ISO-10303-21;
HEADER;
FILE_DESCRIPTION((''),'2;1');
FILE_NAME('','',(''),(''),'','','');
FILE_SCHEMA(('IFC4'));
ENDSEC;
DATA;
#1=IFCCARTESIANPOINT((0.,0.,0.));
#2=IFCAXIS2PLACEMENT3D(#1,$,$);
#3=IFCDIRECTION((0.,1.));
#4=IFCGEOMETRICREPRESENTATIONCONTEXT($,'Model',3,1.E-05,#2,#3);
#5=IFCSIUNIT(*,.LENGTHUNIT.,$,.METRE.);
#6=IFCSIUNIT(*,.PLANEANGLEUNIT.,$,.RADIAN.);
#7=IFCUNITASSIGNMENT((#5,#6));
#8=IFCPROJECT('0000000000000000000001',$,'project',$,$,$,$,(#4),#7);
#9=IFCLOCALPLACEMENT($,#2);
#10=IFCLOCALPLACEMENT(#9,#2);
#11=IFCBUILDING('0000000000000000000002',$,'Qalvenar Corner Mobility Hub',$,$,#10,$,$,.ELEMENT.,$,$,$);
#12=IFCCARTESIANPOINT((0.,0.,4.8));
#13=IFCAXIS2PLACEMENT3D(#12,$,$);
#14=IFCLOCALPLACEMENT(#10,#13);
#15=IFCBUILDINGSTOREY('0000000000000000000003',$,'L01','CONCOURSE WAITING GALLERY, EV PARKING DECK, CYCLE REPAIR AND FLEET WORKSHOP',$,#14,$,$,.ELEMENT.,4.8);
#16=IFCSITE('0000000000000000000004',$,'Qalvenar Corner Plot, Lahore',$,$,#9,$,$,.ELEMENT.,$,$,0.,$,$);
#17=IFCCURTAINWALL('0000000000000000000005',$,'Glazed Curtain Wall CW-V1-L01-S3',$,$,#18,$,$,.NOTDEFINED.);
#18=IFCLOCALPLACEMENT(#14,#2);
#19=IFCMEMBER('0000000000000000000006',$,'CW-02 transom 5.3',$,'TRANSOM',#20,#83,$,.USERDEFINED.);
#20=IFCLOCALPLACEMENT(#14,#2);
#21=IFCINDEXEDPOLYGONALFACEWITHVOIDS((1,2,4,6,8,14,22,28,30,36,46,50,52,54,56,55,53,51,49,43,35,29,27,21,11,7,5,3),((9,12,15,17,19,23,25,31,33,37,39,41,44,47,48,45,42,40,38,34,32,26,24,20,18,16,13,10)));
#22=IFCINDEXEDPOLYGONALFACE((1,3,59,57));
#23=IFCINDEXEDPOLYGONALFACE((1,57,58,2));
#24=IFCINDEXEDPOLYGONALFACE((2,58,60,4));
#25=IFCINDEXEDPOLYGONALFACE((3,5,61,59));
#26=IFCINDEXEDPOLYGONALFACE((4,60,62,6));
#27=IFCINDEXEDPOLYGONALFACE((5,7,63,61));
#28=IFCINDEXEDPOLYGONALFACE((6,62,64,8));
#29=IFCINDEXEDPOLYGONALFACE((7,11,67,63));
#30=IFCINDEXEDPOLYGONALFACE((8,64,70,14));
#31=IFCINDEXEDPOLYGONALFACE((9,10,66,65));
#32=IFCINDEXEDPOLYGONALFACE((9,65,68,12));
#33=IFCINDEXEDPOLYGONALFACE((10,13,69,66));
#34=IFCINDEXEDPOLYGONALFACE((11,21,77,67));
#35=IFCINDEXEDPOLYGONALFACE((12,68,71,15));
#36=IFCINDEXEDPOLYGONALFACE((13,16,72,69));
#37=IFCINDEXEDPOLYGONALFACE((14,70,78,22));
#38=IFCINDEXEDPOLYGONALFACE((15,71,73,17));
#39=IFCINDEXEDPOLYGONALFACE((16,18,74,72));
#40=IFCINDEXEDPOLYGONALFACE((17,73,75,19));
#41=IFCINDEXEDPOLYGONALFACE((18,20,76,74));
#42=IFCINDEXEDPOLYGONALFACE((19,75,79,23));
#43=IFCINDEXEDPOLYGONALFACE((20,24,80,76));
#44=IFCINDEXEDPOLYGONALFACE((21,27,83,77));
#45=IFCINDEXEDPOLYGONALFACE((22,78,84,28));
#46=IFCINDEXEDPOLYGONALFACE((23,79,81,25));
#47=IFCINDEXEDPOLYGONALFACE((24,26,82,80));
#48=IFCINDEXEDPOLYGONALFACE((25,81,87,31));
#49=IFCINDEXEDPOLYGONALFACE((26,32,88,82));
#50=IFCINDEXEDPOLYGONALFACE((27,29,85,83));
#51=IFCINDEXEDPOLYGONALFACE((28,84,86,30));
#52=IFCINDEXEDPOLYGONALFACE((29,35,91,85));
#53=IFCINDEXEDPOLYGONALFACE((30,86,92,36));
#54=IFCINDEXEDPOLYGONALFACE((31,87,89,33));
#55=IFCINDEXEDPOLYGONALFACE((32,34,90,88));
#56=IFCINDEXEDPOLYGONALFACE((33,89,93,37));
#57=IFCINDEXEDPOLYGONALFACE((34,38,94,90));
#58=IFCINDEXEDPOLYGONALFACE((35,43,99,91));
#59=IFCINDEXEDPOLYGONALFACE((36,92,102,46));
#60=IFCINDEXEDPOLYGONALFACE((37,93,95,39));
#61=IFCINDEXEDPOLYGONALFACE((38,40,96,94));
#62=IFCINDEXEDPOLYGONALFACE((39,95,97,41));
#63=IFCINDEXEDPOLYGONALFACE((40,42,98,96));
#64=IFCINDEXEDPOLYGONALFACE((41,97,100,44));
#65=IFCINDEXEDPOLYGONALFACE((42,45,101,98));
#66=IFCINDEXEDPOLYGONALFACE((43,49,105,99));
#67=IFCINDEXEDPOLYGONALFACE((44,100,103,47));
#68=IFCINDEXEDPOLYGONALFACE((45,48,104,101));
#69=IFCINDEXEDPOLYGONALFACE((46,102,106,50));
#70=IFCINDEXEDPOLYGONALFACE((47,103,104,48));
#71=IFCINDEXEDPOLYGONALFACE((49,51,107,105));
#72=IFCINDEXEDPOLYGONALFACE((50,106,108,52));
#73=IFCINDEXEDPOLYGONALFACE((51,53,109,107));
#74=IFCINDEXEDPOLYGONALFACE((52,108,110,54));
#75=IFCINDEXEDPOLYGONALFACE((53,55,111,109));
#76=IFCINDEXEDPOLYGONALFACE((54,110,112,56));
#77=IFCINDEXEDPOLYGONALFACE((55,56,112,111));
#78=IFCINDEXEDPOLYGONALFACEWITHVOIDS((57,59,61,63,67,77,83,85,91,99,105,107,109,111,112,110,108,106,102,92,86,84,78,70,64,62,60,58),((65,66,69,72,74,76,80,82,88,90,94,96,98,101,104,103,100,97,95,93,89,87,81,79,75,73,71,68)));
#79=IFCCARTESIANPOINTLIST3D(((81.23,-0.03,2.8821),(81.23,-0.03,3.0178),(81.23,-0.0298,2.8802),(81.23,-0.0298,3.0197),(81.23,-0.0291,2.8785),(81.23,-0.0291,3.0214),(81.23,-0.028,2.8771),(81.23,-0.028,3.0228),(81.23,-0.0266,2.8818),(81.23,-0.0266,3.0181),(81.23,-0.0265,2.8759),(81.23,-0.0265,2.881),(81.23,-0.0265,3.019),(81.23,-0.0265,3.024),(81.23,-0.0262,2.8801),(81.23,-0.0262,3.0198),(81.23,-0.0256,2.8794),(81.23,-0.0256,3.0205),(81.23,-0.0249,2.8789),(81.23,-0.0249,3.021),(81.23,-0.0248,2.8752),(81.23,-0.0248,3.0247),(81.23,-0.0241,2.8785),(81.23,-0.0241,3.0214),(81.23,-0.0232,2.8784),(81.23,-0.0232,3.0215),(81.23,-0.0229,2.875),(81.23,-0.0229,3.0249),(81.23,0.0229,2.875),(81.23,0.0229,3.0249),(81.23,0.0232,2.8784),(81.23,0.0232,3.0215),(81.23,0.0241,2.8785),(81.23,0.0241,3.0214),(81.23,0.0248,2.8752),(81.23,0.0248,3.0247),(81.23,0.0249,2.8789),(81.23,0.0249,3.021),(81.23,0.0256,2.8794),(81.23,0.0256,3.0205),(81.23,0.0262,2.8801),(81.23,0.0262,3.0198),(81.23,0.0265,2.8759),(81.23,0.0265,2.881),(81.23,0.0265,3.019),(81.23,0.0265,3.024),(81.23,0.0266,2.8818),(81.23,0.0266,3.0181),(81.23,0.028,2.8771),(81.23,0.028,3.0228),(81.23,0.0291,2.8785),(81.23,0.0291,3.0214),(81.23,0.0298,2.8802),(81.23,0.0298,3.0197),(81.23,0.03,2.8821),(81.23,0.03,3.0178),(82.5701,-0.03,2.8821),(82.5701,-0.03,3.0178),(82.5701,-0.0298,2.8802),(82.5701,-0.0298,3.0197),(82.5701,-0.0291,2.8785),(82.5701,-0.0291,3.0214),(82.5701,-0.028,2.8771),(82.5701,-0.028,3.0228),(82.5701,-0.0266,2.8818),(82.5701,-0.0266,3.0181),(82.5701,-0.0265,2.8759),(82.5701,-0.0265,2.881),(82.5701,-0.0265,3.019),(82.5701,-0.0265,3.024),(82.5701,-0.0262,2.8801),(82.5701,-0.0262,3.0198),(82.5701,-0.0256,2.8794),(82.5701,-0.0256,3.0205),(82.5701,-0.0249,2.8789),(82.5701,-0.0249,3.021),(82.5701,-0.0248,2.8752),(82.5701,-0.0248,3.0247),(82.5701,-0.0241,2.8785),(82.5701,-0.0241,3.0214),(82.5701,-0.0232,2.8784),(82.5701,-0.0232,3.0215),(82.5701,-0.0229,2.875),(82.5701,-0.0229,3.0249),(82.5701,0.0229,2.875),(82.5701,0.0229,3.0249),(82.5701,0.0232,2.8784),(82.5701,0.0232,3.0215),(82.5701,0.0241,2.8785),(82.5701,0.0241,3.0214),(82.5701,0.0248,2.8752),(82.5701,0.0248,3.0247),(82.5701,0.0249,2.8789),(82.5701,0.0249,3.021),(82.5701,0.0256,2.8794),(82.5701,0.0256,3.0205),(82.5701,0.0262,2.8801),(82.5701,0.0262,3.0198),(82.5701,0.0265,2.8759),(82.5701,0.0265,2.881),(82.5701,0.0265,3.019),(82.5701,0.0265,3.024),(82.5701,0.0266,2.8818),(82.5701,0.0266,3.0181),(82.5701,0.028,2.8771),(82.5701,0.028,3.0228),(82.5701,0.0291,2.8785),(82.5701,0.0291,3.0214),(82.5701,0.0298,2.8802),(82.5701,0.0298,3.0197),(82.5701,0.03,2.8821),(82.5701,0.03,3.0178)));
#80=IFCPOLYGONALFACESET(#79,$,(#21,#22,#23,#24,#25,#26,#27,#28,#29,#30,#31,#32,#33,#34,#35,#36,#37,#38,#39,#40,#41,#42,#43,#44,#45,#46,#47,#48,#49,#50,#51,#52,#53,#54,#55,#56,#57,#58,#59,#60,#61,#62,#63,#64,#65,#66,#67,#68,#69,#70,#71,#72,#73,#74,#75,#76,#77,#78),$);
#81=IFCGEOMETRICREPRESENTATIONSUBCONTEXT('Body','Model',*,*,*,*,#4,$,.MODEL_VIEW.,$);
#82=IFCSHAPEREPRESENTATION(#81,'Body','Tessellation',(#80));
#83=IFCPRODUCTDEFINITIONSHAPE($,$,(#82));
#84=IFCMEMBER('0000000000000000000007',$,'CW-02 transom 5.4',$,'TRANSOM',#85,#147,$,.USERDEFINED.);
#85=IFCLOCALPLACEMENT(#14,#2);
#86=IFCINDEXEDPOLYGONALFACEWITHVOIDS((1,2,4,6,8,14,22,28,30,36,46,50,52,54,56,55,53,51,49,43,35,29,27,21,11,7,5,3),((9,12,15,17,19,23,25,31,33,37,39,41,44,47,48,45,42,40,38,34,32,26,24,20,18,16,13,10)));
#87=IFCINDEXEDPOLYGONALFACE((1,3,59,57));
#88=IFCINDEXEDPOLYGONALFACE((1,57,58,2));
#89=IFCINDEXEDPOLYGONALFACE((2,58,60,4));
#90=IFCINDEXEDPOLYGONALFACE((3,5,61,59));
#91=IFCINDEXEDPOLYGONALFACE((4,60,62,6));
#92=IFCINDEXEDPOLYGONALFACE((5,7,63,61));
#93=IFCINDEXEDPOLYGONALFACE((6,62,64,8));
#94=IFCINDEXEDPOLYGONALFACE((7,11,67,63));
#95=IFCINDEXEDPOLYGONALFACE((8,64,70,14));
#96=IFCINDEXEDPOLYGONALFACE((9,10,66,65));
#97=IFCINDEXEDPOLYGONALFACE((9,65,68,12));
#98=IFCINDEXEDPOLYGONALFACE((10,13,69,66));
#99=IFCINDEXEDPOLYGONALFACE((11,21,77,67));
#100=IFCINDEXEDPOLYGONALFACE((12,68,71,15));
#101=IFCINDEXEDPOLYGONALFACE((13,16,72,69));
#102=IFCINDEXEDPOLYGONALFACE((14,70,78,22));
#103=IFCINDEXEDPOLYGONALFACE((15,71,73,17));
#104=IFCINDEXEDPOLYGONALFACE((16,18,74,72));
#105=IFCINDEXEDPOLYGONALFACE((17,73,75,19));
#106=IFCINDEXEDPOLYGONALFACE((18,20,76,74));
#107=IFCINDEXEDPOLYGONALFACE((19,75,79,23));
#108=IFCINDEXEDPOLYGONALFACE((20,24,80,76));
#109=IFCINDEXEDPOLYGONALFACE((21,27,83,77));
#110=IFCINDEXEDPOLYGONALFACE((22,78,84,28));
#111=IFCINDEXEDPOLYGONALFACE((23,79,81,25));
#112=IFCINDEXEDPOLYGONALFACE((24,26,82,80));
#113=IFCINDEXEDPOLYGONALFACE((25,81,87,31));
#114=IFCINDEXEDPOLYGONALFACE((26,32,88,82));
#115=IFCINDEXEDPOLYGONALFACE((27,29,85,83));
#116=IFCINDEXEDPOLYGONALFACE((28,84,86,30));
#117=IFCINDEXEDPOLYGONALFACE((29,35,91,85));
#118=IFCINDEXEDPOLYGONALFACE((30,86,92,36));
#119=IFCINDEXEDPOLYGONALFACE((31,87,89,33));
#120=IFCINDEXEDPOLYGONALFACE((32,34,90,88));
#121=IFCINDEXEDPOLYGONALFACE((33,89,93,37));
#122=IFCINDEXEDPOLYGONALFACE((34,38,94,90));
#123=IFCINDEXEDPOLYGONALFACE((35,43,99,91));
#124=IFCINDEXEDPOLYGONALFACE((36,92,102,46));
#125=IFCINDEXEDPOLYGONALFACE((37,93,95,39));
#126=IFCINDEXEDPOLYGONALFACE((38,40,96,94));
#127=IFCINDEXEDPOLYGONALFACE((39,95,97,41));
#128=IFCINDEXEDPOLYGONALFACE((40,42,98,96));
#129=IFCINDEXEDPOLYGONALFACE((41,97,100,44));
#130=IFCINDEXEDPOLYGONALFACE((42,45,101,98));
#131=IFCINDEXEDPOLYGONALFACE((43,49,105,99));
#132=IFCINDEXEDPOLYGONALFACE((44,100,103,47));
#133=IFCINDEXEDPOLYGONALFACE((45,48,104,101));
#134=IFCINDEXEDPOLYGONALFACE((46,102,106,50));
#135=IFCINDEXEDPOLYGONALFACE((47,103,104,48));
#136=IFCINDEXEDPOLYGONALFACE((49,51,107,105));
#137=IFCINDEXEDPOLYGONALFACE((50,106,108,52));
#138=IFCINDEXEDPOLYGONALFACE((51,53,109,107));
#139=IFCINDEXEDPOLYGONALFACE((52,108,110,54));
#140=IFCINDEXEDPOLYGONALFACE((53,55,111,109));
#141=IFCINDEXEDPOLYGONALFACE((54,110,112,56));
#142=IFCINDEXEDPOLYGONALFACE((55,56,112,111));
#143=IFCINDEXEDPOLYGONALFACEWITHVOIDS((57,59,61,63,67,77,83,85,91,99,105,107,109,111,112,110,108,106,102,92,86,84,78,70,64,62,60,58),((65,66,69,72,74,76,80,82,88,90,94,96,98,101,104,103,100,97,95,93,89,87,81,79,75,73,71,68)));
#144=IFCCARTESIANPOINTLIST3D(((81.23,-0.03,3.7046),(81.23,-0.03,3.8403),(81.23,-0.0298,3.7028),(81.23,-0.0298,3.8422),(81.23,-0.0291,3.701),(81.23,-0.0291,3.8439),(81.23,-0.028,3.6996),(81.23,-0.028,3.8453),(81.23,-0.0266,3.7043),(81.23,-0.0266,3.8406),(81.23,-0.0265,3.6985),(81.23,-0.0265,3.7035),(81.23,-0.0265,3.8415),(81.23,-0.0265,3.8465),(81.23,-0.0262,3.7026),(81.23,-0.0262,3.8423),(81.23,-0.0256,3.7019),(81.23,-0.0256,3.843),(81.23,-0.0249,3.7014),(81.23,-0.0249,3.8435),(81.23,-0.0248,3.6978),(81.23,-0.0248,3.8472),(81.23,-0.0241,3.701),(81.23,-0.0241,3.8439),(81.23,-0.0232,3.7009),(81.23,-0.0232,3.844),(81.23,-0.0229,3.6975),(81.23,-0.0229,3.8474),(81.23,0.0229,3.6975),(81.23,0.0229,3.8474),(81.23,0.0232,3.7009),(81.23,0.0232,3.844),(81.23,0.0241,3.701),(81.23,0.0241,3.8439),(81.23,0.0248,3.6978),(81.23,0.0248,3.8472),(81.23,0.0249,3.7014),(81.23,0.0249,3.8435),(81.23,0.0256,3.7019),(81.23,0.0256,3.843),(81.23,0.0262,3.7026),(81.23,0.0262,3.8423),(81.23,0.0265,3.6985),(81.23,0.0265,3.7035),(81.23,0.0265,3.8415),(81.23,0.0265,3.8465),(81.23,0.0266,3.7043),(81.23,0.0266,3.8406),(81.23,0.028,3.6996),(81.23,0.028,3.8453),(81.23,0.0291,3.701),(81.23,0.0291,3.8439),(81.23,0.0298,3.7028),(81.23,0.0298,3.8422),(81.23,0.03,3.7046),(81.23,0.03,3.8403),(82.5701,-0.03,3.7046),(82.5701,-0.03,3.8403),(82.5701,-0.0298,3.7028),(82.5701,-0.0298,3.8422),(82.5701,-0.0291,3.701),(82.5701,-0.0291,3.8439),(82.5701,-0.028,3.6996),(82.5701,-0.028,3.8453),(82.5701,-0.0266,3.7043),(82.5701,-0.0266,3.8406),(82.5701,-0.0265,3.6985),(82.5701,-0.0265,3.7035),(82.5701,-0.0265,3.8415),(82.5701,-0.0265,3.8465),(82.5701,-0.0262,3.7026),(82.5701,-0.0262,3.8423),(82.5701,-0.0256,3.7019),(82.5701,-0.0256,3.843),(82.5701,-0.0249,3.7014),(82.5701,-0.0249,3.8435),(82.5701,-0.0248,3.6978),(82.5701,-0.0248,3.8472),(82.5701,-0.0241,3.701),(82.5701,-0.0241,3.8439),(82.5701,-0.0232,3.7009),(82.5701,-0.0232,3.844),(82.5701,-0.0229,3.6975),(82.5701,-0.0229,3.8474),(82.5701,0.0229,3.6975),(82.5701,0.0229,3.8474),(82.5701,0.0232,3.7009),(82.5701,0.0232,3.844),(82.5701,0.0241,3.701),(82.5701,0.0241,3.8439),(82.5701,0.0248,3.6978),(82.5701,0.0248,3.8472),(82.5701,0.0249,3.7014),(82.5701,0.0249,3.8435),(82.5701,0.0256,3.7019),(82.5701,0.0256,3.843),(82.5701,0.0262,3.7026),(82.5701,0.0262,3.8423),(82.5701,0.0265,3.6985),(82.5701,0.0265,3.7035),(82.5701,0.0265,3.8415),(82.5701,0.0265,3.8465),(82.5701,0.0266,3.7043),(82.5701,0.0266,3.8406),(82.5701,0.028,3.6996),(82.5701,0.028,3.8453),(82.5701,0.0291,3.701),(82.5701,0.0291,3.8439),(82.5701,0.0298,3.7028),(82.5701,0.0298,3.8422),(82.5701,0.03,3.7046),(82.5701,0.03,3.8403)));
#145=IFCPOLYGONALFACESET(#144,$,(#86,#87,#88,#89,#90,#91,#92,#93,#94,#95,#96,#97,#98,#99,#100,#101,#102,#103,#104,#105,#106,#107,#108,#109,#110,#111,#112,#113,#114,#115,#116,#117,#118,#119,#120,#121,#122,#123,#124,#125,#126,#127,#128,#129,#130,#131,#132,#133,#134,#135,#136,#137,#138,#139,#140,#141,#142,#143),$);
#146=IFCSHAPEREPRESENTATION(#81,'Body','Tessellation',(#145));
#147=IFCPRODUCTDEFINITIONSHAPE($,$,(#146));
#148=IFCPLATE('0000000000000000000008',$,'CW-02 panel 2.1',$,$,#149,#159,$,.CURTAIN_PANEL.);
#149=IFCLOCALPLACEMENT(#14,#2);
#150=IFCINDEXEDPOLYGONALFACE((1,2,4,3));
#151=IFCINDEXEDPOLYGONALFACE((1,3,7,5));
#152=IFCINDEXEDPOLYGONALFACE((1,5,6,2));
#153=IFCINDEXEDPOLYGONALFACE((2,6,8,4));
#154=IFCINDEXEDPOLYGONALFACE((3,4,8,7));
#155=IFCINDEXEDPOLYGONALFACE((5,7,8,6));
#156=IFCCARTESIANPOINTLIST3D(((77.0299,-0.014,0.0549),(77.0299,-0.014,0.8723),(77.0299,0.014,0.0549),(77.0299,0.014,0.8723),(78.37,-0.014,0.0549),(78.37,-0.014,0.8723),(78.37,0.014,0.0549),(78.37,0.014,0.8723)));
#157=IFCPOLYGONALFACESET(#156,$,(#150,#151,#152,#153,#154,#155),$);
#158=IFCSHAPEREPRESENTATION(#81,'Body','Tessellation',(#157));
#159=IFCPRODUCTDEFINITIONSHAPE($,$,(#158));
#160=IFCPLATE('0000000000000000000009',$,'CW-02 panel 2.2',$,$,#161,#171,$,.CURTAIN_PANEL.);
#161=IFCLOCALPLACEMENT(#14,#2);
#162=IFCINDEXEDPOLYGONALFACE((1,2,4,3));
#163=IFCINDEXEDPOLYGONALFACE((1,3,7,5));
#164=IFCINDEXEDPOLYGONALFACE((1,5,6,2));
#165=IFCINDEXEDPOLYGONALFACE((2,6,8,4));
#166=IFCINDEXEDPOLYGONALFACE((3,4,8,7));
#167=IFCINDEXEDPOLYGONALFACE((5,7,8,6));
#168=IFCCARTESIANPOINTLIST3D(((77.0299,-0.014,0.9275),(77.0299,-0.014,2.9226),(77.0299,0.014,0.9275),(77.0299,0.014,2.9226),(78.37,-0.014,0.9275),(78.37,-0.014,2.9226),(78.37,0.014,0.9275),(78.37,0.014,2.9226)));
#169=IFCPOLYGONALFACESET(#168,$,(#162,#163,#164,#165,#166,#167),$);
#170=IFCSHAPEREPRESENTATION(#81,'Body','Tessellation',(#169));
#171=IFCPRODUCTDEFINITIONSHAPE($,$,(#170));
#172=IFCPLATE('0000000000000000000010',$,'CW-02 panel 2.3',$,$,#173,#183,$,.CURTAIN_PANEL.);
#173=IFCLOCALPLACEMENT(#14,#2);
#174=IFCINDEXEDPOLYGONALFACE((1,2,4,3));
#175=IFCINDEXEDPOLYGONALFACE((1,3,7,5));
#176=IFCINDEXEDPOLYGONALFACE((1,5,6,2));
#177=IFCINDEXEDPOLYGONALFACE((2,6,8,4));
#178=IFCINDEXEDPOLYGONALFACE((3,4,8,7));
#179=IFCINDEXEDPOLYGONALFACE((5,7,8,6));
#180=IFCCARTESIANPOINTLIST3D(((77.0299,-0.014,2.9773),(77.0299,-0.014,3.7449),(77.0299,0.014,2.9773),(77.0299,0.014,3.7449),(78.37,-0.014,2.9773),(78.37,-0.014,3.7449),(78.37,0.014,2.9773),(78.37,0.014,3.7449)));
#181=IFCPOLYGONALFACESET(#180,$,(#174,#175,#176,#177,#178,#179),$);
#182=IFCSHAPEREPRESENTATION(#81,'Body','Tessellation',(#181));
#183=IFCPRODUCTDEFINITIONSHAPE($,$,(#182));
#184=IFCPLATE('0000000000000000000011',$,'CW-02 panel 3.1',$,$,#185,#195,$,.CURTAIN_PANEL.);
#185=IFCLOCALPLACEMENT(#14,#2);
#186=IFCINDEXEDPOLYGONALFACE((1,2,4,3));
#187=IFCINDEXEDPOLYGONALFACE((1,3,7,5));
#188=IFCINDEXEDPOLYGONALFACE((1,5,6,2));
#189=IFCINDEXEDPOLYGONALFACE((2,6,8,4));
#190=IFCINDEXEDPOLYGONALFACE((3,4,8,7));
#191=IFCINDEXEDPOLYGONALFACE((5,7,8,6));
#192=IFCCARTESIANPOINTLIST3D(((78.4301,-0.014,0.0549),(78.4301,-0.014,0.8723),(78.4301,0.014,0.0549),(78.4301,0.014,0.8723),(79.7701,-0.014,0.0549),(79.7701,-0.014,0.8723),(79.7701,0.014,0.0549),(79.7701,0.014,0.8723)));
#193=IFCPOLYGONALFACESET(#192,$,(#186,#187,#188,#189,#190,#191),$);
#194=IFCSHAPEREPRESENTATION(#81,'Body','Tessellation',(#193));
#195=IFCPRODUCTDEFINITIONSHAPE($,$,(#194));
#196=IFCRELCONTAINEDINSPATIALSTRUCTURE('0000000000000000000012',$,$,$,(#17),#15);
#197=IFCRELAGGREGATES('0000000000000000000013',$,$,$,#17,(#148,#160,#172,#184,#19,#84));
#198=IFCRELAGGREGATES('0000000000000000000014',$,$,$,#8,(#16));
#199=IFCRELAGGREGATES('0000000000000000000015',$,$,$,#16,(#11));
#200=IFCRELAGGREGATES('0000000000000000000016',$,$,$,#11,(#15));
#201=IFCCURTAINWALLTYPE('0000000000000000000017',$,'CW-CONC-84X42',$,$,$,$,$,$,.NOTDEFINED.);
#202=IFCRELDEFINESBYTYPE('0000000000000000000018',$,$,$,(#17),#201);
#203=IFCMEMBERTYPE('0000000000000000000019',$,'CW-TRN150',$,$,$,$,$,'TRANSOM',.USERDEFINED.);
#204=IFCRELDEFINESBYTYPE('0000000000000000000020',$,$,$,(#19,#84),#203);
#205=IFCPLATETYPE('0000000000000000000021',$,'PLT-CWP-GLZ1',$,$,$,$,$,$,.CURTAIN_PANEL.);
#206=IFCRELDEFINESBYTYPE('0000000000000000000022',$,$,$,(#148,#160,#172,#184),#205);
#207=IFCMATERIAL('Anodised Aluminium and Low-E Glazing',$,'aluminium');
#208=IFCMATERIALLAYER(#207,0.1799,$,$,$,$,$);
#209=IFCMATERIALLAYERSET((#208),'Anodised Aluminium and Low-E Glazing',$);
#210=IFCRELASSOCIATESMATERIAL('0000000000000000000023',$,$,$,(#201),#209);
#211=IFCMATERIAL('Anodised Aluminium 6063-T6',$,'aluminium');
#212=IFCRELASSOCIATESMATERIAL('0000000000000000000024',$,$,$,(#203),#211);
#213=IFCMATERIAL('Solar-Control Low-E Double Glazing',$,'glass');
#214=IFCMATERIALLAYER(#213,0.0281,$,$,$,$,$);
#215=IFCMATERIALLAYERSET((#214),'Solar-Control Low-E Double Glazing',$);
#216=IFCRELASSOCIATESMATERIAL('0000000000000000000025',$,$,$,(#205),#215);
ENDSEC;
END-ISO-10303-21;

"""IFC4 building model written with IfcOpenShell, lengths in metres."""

from ifc_helpers import new_model, si_unit, direction, frame, origin, origin_2d, place, context, subcontext, project, spatial, rectangle, hollow_rectangle, extrude, material, layer, layer_set, material_profile, profile_set, type_object, element, aggregate, save


model = new_model("IFC4")

# Units and contexts
model_context = context("Model", 3, precision=1e-05, world=origin(), true_north=direction((0.0, 1.0)))
body_context = subcontext(model_context, "Body", "Model", "MODEL_VIEW")
ifc_project = project(units=[si_unit("LENGTHUNIT", "METRE"), si_unit("PLANEANGLEUNIT", "RADIAN")], contexts=[model_context])

# Site, building, storey
site_placement = place(None, origin())
site = spatial("IfcSite", under=ifc_project, at=site_placement, Name="Qalvenar Corner Plot, Lahore", CompositionType="ELEMENT", RefElevation=0.0)
building_placement = place(site_placement, origin())
building = spatial("IfcBuilding", under=site, at=building_placement, Name="Qalvenar Corner Mobility Hub", CompositionType="ELEMENT")
storey_placement = place(building_placement, frame((0.0, 0.0, 4.8)))
storey = spatial("IfcBuildingStorey", under=building, at=storey_placement, Name="L01", Description="CONCOURSE WAITING GALLERY, EV PARKING DECK, CYCLE REPAIR AND FLEET WORKSHOP", CompositionType="ELEMENT", Elevation=4.8)

# Curtain wall, members, plates
ifc_material_1 = material(Name="Anodised Aluminium and Low-E Glazing", Category="aluminium")
ifc_layer_1 = layer(ifc_material_1, 0.1799)
ifc_layer_set_1 = layer_set([ifc_layer_1], Name="Anodised Aluminium and Low-E Glazing")
curtain_wall_type = type_object("IfcCurtainWallType", Name="CW-CONC-84X42", PredefinedType="NOTDEFINED", material=ifc_layer_set_1)
curtain_wall_placement = place(storey_placement, origin())
curtain_wall = element("IfcCurtainWall", 1, at=curtain_wall_placement, inside=storey, type_object=curtain_wall_type, Name="Glazed Curtain Wall CW-V1-L01-S3", PredefinedType="NOTDEFINED")
ifc_material_2 = material(Name="Anodised Aluminium 6063-T6", Category="aluminium")
ifc_material_profile_1 = material_profile(ifc_material_2, hollow_rectangle(XDim=0.0601, YDim=0.1499, WallThickness=0.0034, InnerFilletRadius=0.0034, OuterFilletRadius=0.0071, at=origin_2d()), Name="RHS150x60x3.5")
ifc_profile_set_1 = profile_set([ifc_material_profile_1], Name="Anodised Aluminium 6063-T6")
member_type_1 = type_object("IfcMemberType", Name="CW-TRN150", ElementType="TRANSOM", PredefinedType="USERDEFINED", material=ifc_profile_set_1)
member_1_placement = place(storey_placement, frame((81.23, 0.0, 2.95), z_axis=(1.0, 0.0, 0.0), x_axis=(0.0, 1.0, 0.0)))
member_1 = element("IfcMember", 2, at=member_1_placement, type_object=member_type_1, Name="CW-02 transom 5.3", ObjectType="TRANSOM", PredefinedType="USERDEFINED", context=body_context, shape_type="SweptSolid", body=[
    extrude(hollow_rectangle(XDim=0.0601, YDim=0.1499, WallThickness=0.0034, InnerFilletRadius=0.0034, OuterFilletRadius=0.0071, at=origin_2d()), origin(), (0.0, 0.0, 1.0), 1.3401),
])
member_2_placement = place(storey_placement, frame((81.23, 0.0, 3.7725), z_axis=(1.0, 0.0, 0.0), x_axis=(0.0, 1.0, 0.0)))
member_2 = element("IfcMember", 3, at=member_2_placement, type_object=member_type_1, Name="CW-02 transom 5.4", ObjectType="TRANSOM", PredefinedType="USERDEFINED", context=body_context, shape_type="SweptSolid", body=[
    extrude(hollow_rectangle(XDim=0.0601, YDim=0.1499, WallThickness=0.0034, InnerFilletRadius=0.0034, OuterFilletRadius=0.0071, at=origin_2d()), origin(), (0.0, 0.0, 1.0), 1.3401),
])
ifc_material_3 = material(Name="Solar-Control Low-E Double Glazing", Category="glass")
ifc_layer_2 = layer(ifc_material_3, 0.0281)
ifc_layer_set_2 = layer_set([ifc_layer_2], Name="Solar-Control Low-E Double Glazing")
plate_type = type_object("IfcPlateType", Name="PLT-CWP-GLZ1", PredefinedType="CURTAIN_PANEL", material=ifc_layer_set_2)
plate_1_placement = place(storey_placement, frame((77.7, 0.0, 0.0549), z_axis=(0.0, 0.0, 1.0), x_axis=(1.0, 0.0, 0.0)))
plate_1 = element("IfcPlate", 4, at=plate_1_placement, type_object=plate_type, Name="CW-02 panel 2.1", PredefinedType="CURTAIN_PANEL", context=body_context, shape_type="SweptSolid", body=[
    extrude(rectangle(XDim=1.3401, YDim=0.0281, at=origin_2d()), origin(), (0.0, 0.0, 1.0), 0.8174),
])
plate_2_placement = place(storey_placement, frame((77.7, 0.0, 0.9275), z_axis=(0.0, 0.0, 1.0), x_axis=(1.0, 0.0, 0.0)))
plate_2 = element("IfcPlate", 5, at=plate_2_placement, type_object=plate_type, Name="CW-02 panel 2.2", PredefinedType="CURTAIN_PANEL", context=body_context, shape_type="SweptSolid", body=[
    extrude(rectangle(XDim=1.3401, YDim=0.0281, at=origin_2d()), origin(), (0.0, 0.0, 1.0), 1.9951),
])
plate_3_placement = place(storey_placement, frame((77.7, 0.0, 2.9773), z_axis=(0.0, 0.0, 1.0), x_axis=(1.0, 0.0, 0.0)))
plate_3 = element("IfcPlate", 6, at=plate_3_placement, type_object=plate_type, Name="CW-02 panel 2.3", PredefinedType="CURTAIN_PANEL", context=body_context, shape_type="SweptSolid", body=[
    extrude(rectangle(XDim=1.3401, YDim=0.0281, at=origin_2d()), origin(), (0.0, 0.0, 1.0), 0.7676),
])
plate_4_placement = place(storey_placement, frame((79.1001, 0.0, 0.0549), z_axis=(0.0, 0.0, 1.0), x_axis=(1.0, 0.0, 0.0)))
plate_4 = element("IfcPlate", 7, at=plate_4_placement, type_object=plate_type, Name="CW-02 panel 3.1", PredefinedType="CURTAIN_PANEL", context=body_context, shape_type="SweptSolid", body=[
    extrude(rectangle(XDim=1.3401, YDim=0.0281, at=origin_2d()), origin(), (0.0, 0.0, 1.0), 0.8174),
])
aggregate(curtain_wall, [plate_1, plate_2, plate_3, plate_4, member_1, member_2])

save(model, "model.ifc")
